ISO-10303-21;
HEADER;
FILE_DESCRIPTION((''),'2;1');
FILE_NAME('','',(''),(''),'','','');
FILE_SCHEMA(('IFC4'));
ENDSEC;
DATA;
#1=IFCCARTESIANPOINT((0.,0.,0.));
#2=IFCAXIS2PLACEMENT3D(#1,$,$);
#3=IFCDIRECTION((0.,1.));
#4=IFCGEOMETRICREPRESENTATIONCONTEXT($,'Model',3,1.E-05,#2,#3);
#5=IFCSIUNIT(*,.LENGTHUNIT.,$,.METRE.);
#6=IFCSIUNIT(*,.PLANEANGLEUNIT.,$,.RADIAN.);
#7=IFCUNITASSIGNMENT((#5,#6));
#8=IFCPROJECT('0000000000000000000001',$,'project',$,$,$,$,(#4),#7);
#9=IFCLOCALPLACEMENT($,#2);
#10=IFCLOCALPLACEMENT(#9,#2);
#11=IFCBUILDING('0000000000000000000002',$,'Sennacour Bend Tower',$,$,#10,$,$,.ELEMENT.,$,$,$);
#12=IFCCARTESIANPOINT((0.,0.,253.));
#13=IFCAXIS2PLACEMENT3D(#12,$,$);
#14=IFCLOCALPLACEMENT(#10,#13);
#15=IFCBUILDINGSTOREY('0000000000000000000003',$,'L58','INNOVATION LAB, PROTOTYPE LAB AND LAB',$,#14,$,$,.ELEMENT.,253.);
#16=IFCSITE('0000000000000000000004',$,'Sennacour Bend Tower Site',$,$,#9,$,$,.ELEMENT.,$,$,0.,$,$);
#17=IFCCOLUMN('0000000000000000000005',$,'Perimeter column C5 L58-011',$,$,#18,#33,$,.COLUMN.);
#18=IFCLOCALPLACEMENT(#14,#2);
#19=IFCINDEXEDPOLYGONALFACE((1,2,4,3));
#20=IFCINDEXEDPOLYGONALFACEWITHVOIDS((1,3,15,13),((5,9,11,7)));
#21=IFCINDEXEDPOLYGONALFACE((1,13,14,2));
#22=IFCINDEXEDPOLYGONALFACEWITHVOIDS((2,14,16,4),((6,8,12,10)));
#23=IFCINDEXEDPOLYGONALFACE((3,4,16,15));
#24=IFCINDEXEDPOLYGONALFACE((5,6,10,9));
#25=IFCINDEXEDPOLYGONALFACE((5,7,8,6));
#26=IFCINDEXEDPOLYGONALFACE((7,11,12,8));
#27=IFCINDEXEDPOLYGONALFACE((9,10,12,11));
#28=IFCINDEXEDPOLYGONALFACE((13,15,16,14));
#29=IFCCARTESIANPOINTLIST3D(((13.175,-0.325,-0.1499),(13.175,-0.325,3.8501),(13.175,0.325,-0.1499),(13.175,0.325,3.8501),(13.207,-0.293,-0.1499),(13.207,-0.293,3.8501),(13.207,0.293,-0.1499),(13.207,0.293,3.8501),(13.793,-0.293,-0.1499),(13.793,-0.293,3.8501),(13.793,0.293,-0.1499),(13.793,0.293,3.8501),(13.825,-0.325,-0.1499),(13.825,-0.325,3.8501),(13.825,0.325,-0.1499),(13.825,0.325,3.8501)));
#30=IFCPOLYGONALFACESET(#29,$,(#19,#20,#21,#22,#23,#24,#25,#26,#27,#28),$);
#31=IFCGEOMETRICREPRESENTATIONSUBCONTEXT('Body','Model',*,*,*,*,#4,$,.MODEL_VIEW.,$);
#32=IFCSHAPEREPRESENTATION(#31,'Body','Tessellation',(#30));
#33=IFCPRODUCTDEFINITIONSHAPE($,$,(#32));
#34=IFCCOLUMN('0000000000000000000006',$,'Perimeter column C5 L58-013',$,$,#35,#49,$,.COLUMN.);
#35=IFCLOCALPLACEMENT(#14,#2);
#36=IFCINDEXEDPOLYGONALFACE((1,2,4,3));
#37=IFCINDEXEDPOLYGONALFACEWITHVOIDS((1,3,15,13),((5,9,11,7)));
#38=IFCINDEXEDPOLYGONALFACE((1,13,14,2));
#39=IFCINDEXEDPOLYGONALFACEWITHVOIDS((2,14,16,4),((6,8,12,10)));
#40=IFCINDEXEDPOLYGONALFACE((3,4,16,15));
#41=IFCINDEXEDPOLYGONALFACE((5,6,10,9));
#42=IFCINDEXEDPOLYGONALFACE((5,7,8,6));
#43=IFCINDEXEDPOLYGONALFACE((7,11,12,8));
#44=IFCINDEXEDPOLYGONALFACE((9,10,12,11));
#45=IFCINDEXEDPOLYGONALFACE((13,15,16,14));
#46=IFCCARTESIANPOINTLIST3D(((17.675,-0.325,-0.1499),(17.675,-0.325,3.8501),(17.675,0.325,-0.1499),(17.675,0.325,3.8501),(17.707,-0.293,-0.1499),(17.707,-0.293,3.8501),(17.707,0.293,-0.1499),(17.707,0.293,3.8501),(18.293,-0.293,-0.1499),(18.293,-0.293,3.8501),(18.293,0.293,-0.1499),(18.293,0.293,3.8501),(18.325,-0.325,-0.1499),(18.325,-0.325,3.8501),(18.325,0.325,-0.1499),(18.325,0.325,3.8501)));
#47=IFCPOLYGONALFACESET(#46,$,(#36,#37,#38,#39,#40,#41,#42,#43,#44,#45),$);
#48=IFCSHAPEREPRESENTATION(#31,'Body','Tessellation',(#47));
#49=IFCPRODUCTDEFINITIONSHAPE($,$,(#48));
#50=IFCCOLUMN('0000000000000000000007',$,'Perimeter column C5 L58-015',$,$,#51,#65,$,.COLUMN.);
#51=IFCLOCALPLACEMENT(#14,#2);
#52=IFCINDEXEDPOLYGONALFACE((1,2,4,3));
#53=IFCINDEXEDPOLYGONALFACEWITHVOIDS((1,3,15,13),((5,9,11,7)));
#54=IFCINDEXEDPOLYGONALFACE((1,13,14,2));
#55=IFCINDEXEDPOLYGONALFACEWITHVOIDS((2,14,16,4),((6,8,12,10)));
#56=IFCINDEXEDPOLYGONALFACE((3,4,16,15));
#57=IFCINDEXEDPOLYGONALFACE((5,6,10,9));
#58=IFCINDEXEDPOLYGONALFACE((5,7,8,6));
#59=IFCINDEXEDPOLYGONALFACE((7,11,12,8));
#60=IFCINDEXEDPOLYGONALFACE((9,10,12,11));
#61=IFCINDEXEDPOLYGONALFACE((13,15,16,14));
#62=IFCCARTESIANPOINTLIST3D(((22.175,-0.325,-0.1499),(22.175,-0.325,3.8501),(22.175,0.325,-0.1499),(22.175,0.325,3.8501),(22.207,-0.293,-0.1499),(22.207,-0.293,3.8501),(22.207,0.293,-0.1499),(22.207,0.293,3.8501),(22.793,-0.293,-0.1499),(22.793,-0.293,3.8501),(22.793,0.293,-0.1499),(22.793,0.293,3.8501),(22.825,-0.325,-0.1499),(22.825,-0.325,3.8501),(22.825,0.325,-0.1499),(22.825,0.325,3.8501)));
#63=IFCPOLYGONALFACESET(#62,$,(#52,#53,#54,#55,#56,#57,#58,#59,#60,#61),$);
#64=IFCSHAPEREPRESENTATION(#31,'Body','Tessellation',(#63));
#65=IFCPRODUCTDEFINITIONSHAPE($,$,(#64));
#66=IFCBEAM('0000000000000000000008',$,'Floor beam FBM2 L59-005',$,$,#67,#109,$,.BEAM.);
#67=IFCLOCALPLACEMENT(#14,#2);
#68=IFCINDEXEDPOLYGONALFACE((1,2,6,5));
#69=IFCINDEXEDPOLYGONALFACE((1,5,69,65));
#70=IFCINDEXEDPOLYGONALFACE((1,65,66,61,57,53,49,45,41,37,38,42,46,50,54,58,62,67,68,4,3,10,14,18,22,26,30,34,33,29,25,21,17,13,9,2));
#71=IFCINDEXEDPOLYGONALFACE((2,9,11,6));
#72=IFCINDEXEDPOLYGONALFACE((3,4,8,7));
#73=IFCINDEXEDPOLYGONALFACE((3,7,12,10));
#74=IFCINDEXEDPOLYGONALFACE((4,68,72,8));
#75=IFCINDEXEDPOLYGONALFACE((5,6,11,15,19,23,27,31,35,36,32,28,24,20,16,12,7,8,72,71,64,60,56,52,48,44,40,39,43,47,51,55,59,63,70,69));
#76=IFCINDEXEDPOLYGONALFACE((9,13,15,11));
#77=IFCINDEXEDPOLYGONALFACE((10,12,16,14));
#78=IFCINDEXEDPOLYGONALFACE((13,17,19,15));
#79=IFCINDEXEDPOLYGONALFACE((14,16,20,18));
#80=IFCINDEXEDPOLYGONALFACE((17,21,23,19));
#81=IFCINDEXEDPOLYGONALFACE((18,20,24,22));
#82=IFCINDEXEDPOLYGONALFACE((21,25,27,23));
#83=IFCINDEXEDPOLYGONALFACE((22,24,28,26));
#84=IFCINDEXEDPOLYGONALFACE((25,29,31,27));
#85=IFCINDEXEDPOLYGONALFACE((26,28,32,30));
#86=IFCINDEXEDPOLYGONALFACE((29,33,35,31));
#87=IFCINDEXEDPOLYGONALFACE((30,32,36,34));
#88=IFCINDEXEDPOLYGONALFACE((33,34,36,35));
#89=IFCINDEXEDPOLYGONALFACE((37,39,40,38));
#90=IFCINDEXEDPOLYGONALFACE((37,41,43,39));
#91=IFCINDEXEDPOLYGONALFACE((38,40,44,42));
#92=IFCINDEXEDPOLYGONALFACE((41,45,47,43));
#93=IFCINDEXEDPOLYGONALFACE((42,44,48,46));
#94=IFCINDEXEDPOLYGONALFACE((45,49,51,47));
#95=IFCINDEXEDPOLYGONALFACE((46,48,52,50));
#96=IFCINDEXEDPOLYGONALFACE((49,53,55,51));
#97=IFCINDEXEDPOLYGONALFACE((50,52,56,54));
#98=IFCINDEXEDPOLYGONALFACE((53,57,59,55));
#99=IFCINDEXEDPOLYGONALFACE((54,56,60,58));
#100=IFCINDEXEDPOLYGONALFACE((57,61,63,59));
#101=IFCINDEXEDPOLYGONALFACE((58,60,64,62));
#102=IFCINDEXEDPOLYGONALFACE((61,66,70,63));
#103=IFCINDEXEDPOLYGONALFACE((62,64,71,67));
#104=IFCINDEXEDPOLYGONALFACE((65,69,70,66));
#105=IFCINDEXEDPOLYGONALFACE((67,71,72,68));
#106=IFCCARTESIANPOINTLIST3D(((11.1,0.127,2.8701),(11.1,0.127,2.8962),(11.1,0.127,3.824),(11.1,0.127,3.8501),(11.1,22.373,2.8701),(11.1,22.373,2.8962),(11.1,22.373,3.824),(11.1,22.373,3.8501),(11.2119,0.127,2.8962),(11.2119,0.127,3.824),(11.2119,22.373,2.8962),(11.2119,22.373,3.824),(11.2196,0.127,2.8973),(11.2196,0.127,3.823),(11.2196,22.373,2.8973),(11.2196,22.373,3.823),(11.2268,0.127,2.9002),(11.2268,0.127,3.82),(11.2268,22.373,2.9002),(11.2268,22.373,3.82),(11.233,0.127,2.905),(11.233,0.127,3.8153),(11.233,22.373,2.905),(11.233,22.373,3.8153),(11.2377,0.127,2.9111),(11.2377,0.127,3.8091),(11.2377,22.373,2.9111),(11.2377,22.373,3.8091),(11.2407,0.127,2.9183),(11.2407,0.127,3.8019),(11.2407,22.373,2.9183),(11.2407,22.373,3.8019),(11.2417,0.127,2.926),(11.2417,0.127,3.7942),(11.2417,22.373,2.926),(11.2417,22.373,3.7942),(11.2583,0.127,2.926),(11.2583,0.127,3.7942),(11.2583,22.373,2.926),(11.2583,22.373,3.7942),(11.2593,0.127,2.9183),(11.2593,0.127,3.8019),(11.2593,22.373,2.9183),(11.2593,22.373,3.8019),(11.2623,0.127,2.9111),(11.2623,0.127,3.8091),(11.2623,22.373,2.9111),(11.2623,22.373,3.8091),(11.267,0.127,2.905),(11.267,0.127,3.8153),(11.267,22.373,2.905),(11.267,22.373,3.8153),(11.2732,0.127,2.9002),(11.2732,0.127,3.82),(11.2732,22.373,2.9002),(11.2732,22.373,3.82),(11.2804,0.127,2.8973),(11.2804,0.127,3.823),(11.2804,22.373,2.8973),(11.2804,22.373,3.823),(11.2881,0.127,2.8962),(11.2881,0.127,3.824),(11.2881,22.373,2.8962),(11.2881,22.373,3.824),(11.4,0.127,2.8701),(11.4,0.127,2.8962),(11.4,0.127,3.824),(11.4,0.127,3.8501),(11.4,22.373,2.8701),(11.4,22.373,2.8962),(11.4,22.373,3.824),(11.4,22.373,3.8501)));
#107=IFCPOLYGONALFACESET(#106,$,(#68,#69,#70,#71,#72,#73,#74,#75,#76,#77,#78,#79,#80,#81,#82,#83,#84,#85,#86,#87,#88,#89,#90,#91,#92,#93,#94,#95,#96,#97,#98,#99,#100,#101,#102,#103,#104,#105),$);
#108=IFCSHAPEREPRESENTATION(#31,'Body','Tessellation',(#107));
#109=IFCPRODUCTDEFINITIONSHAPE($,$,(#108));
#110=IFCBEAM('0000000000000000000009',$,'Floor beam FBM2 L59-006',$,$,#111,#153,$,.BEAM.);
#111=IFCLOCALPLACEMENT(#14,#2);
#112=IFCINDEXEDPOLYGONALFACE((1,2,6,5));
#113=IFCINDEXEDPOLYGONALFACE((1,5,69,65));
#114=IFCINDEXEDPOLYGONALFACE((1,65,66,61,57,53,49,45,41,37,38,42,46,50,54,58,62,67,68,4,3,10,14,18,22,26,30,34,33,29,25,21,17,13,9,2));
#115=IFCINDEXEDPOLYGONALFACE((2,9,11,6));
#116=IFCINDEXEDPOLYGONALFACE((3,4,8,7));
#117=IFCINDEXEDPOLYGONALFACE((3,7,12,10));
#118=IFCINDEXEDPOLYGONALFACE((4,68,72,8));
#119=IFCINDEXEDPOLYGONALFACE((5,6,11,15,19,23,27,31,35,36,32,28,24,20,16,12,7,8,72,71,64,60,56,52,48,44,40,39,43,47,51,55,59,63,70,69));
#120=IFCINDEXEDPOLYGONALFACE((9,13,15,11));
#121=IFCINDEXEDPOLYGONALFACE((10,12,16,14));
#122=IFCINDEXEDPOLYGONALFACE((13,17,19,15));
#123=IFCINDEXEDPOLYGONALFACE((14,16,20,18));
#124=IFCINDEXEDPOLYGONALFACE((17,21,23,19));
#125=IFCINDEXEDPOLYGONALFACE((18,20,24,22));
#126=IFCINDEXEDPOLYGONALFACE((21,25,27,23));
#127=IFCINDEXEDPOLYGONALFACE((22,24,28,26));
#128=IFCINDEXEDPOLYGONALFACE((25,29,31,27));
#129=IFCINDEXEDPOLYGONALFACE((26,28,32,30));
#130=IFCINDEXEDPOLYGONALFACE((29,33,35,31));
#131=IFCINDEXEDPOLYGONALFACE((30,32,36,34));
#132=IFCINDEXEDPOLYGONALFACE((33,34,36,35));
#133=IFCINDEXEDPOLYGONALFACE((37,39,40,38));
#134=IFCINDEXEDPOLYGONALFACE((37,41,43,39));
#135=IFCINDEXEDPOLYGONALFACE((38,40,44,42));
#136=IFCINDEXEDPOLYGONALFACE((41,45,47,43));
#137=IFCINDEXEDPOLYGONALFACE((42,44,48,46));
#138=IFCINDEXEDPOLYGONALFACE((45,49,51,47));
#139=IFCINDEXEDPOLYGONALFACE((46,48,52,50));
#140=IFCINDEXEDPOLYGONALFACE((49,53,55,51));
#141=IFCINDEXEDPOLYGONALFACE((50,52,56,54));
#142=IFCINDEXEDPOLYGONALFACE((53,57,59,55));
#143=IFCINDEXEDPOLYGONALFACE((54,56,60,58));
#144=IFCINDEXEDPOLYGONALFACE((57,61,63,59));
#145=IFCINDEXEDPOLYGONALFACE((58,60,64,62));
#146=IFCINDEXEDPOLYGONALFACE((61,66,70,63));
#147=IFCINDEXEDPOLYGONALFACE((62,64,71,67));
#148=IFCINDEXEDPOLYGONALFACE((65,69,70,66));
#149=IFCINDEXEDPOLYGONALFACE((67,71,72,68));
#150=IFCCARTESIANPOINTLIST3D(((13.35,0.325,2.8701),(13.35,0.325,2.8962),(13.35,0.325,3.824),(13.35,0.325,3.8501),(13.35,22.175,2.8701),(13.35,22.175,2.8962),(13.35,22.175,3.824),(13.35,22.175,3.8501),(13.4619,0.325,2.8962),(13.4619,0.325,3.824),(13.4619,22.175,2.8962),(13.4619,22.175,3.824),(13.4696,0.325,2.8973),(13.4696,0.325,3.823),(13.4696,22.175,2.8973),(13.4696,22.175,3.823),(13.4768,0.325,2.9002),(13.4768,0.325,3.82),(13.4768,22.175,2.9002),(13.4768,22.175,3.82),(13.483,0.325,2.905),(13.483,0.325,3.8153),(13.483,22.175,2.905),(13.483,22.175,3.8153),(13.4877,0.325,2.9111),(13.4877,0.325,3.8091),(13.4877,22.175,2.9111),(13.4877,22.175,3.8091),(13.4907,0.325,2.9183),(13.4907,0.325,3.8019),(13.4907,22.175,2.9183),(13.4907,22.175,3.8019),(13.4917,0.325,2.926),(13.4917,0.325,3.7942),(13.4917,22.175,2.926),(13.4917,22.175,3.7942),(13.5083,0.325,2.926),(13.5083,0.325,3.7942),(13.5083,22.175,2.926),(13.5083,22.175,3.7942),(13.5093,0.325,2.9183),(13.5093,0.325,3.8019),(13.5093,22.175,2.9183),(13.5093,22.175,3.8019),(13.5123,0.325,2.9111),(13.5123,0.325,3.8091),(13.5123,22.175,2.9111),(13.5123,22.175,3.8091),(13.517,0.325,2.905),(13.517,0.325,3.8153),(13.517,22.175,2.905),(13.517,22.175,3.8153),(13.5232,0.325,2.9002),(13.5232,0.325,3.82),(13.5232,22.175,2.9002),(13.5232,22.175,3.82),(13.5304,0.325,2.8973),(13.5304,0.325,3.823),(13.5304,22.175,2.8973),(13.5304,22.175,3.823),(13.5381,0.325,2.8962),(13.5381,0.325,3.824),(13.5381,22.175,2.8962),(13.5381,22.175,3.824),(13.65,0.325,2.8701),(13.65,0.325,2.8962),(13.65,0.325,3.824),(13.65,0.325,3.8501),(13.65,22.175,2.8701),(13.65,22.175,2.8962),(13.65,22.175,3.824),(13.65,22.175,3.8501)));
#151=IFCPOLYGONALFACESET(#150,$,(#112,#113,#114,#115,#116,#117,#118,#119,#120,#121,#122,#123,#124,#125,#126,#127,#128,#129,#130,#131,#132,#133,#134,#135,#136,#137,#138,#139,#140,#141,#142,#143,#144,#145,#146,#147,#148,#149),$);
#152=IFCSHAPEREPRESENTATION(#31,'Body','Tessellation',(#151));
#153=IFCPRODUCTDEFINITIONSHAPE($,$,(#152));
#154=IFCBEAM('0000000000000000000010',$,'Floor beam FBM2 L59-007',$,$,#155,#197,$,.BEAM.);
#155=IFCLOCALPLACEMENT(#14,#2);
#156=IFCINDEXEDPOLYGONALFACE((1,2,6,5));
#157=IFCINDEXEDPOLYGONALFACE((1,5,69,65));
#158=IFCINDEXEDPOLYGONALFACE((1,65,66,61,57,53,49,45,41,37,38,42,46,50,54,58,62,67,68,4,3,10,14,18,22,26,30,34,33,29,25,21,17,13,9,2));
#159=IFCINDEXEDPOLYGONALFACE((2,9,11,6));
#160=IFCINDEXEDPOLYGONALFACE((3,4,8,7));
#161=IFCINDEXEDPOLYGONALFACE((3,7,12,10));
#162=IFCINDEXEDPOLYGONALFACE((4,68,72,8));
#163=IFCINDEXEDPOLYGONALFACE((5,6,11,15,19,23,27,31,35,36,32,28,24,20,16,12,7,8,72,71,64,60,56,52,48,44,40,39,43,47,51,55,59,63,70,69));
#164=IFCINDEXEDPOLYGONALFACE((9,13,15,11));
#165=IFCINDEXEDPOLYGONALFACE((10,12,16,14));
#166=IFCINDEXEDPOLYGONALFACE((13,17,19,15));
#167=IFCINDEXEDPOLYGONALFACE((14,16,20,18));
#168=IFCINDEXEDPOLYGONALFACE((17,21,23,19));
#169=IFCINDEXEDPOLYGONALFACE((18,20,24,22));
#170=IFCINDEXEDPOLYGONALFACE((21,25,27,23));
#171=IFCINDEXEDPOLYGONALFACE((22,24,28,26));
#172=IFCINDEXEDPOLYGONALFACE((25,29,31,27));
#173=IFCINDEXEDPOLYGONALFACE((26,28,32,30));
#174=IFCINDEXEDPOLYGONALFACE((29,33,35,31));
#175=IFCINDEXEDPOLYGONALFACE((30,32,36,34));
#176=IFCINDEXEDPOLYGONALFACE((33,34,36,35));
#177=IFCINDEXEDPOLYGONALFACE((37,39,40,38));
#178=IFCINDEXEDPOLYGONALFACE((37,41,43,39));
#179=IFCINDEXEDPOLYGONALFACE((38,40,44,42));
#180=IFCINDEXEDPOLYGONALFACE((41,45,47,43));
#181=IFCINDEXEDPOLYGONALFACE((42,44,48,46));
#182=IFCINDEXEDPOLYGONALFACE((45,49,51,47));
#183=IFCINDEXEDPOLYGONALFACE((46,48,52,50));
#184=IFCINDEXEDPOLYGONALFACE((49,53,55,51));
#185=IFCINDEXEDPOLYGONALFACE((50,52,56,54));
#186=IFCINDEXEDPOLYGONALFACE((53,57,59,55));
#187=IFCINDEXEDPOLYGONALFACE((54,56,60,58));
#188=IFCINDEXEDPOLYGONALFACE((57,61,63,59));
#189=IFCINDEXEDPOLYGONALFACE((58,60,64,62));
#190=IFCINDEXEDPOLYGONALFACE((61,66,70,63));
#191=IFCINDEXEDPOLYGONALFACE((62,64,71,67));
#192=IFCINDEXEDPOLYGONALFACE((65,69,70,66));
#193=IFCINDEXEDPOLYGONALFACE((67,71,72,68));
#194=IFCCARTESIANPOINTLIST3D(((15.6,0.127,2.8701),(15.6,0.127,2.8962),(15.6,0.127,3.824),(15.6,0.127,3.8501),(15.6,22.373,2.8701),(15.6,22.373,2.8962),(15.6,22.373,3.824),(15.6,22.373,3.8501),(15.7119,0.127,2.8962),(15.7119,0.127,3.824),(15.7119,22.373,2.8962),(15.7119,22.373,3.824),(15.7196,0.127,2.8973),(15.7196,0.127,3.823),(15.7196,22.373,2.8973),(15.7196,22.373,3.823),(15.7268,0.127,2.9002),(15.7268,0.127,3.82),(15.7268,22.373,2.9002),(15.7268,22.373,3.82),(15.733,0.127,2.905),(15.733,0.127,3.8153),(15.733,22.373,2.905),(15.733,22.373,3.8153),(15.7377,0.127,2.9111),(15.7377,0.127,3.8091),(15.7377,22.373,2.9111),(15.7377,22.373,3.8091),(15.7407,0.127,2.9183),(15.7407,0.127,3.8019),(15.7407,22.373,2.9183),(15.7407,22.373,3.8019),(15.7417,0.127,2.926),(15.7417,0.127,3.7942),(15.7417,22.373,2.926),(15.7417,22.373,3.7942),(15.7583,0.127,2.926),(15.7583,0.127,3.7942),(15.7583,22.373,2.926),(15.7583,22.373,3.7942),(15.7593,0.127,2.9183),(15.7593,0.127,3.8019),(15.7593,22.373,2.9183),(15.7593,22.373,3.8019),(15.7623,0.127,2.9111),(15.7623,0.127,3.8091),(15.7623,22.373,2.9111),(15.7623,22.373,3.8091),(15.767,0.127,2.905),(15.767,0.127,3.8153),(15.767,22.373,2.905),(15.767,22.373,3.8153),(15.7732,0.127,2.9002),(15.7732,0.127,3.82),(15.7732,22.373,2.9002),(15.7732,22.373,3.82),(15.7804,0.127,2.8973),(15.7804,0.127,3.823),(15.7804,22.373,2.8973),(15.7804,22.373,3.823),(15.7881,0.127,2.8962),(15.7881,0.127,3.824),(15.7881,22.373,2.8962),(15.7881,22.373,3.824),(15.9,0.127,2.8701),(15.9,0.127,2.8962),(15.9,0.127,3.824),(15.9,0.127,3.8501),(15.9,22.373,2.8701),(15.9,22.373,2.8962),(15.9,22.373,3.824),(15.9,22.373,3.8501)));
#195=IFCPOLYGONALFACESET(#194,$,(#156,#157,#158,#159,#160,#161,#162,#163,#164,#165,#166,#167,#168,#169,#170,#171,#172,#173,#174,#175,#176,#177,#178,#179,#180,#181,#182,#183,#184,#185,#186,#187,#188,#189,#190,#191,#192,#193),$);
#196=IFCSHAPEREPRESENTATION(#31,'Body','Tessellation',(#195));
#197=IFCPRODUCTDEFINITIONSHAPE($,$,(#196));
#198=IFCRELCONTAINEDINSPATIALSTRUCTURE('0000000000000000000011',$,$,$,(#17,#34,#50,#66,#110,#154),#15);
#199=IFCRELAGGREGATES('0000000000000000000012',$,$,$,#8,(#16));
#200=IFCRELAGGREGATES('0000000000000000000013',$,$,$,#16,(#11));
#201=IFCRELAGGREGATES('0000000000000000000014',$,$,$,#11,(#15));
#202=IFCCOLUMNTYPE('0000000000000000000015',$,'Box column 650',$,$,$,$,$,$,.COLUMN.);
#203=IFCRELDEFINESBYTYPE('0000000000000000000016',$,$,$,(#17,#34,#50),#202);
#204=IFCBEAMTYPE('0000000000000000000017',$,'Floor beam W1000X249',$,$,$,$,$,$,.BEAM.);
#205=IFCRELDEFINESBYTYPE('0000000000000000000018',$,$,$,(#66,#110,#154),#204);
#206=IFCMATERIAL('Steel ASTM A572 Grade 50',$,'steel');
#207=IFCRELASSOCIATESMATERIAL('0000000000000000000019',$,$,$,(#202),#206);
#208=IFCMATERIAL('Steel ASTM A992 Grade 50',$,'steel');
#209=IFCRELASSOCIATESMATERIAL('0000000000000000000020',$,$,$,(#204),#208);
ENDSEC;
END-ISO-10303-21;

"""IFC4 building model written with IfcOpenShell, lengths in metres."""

from ifc_helpers import new_model, si_unit, direction, frame, origin, origin_2d, place, context, subcontext, project, spatial, hollow_rectangle, i_section, extrude, material, material_profile, profile_set, type_object, element, save


model = new_model("IFC4")

# Units and contexts
model_context = context("Model", 3, precision=1e-05, world=origin(), true_north=direction((0.0, 1.0)))
body_context = subcontext(model_context, "Body", "Model", "MODEL_VIEW")
ifc_project = project(units=[si_unit("LENGTHUNIT", "METRE"), si_unit("PLANEANGLEUNIT", "RADIAN")], contexts=[model_context])

# Site, building, storey
site_placement = place(None, origin())
site = spatial("IfcSite", under=ifc_project, at=site_placement, Name="Sennacour Bend Tower Site", CompositionType="ELEMENT", RefElevation=0.0)
building_placement = place(site_placement, origin())
building = spatial("IfcBuilding", under=site, at=building_placement, Name="Sennacour Bend Tower", CompositionType="ELEMENT")
storey_placement = place(building_placement, frame((0.0, 0.0, 253.0)))
storey = spatial("IfcBuildingStorey", under=building, at=storey_placement, Name="L58", Description="INNOVATION LAB, PROTOTYPE LAB AND LAB", CompositionType="ELEMENT", Elevation=253.0)

# Columns
ifc_material_1 = material(Name="Steel ASTM A572 Grade 50", Category="steel")
ifc_material_profile_1 = material_profile(ifc_material_1, hollow_rectangle(XDim=0.6499, YDim=0.6499, WallThickness=0.032, at=origin_2d()), Name="Steel ASTM A572 Grade 50", Category="steel")
ifc_profile_set_1 = profile_set([ifc_material_profile_1], Name="Steel ASTM A572 Grade 50")
column_type = type_object("IfcColumnType", Name="Box column 650", PredefinedType="COLUMN", material=ifc_profile_set_1)
for number, where, z_axis, x_axis, name in (
    (1, (13.5, 0.0, -0.1499), (0.0, 0.0, 1.0), (1.0, 0.0, 0.0), "Perimeter column C5 L58-011"),
    (2, (18.0, 0.0, -0.1499), (0.0, 0.0, 1.0), (1.0, 0.0, 0.0), "Perimeter column C5 L58-013"),
    (3, (22.5, 0.0, -0.1499), (0.0, 0.0, 1.0), (1.0, 0.0, 0.0), "Perimeter column C5 L58-015"),
):
    element("IfcColumn", number, at=place(storey_placement, frame(where, z_axis=z_axis, x_axis=x_axis)), inside=storey, type_object=column_type, Name=name, PredefinedType="COLUMN", context=body_context, shape_type="SweptSolid", body=[
        extrude(hollow_rectangle(XDim=0.6499, YDim=0.6499, WallThickness=0.032, at=origin_2d()), origin(), (0.0, 0.0, 1.0), 4.0),
    ])

# Beams
ifc_material_2 = material(Name="Steel ASTM A992 Grade 50", Category="steel")
ifc_material_profile_2 = material_profile(ifc_material_2, i_section(OverallWidth=0.3, OverallDepth=0.98, WebThickness=0.0166, FlangeThickness=0.0261, FilletRadius=0.0298, at=origin_2d()), Name="Steel ASTM A992 Grade 50", Category="steel")
ifc_profile_set_2 = profile_set([ifc_material_profile_2], Name="Steel ASTM A992 Grade 50")
beam_type_1 = type_object("IfcBeamType", Name="Floor beam W1000X249", PredefinedType="BEAM", material=ifc_profile_set_2)
beam_1_placement = place(storey_placement, frame((11.25, 0.127, 3.3601), z_axis=(0.0, 1.0, 0.0), x_axis=(-1.0, 0.0, 0.0)))
element("IfcBeam", 4, at=beam_1_placement, inside=storey, type_object=beam_type_1, Name="Floor beam FBM2 L59-005", PredefinedType="BEAM", context=body_context, shape_type="SweptSolid", body=[
    extrude(i_section(OverallWidth=0.3, OverallDepth=0.98, WebThickness=0.0166, FlangeThickness=0.0261, FilletRadius=0.0298, at=origin_2d()), origin(), (0.0, 0.0, 1.0), 22.2461),
])
beam_2_placement = place(storey_placement, frame((13.5, 0.325, 3.3601), z_axis=(0.0, 1.0, 0.0), x_axis=(-1.0, 0.0, 0.0)))
element("IfcBeam", 5, at=beam_2_placement, inside=storey, type_object=beam_type_1, Name="Floor beam FBM2 L59-006", PredefinedType="BEAM", context=body_context, shape_type="SweptSolid", body=[
    extrude(i_section(OverallWidth=0.3, OverallDepth=0.98, WebThickness=0.0166, FlangeThickness=0.0261, FilletRadius=0.0298, at=origin_2d()), origin(), (0.0, 0.0, 1.0), 21.8501),
])
beam_3_placement = place(storey_placement, frame((15.75, 0.127, 3.3601), z_axis=(0.0, 1.0, 0.0), x_axis=(-1.0, 0.0, 0.0)))
element("IfcBeam", 6, at=beam_3_placement, inside=storey, type_object=beam_type_1, Name="Floor beam FBM2 L59-007", PredefinedType="BEAM", context=body_context, shape_type="SweptSolid", body=[
    extrude(i_section(OverallWidth=0.3, OverallDepth=0.98, WebThickness=0.0166, FlangeThickness=0.0261, FilletRadius=0.0298, at=origin_2d()), origin(), (0.0, 0.0, 1.0), 22.2461),
])

save(model, "model.ifc")
